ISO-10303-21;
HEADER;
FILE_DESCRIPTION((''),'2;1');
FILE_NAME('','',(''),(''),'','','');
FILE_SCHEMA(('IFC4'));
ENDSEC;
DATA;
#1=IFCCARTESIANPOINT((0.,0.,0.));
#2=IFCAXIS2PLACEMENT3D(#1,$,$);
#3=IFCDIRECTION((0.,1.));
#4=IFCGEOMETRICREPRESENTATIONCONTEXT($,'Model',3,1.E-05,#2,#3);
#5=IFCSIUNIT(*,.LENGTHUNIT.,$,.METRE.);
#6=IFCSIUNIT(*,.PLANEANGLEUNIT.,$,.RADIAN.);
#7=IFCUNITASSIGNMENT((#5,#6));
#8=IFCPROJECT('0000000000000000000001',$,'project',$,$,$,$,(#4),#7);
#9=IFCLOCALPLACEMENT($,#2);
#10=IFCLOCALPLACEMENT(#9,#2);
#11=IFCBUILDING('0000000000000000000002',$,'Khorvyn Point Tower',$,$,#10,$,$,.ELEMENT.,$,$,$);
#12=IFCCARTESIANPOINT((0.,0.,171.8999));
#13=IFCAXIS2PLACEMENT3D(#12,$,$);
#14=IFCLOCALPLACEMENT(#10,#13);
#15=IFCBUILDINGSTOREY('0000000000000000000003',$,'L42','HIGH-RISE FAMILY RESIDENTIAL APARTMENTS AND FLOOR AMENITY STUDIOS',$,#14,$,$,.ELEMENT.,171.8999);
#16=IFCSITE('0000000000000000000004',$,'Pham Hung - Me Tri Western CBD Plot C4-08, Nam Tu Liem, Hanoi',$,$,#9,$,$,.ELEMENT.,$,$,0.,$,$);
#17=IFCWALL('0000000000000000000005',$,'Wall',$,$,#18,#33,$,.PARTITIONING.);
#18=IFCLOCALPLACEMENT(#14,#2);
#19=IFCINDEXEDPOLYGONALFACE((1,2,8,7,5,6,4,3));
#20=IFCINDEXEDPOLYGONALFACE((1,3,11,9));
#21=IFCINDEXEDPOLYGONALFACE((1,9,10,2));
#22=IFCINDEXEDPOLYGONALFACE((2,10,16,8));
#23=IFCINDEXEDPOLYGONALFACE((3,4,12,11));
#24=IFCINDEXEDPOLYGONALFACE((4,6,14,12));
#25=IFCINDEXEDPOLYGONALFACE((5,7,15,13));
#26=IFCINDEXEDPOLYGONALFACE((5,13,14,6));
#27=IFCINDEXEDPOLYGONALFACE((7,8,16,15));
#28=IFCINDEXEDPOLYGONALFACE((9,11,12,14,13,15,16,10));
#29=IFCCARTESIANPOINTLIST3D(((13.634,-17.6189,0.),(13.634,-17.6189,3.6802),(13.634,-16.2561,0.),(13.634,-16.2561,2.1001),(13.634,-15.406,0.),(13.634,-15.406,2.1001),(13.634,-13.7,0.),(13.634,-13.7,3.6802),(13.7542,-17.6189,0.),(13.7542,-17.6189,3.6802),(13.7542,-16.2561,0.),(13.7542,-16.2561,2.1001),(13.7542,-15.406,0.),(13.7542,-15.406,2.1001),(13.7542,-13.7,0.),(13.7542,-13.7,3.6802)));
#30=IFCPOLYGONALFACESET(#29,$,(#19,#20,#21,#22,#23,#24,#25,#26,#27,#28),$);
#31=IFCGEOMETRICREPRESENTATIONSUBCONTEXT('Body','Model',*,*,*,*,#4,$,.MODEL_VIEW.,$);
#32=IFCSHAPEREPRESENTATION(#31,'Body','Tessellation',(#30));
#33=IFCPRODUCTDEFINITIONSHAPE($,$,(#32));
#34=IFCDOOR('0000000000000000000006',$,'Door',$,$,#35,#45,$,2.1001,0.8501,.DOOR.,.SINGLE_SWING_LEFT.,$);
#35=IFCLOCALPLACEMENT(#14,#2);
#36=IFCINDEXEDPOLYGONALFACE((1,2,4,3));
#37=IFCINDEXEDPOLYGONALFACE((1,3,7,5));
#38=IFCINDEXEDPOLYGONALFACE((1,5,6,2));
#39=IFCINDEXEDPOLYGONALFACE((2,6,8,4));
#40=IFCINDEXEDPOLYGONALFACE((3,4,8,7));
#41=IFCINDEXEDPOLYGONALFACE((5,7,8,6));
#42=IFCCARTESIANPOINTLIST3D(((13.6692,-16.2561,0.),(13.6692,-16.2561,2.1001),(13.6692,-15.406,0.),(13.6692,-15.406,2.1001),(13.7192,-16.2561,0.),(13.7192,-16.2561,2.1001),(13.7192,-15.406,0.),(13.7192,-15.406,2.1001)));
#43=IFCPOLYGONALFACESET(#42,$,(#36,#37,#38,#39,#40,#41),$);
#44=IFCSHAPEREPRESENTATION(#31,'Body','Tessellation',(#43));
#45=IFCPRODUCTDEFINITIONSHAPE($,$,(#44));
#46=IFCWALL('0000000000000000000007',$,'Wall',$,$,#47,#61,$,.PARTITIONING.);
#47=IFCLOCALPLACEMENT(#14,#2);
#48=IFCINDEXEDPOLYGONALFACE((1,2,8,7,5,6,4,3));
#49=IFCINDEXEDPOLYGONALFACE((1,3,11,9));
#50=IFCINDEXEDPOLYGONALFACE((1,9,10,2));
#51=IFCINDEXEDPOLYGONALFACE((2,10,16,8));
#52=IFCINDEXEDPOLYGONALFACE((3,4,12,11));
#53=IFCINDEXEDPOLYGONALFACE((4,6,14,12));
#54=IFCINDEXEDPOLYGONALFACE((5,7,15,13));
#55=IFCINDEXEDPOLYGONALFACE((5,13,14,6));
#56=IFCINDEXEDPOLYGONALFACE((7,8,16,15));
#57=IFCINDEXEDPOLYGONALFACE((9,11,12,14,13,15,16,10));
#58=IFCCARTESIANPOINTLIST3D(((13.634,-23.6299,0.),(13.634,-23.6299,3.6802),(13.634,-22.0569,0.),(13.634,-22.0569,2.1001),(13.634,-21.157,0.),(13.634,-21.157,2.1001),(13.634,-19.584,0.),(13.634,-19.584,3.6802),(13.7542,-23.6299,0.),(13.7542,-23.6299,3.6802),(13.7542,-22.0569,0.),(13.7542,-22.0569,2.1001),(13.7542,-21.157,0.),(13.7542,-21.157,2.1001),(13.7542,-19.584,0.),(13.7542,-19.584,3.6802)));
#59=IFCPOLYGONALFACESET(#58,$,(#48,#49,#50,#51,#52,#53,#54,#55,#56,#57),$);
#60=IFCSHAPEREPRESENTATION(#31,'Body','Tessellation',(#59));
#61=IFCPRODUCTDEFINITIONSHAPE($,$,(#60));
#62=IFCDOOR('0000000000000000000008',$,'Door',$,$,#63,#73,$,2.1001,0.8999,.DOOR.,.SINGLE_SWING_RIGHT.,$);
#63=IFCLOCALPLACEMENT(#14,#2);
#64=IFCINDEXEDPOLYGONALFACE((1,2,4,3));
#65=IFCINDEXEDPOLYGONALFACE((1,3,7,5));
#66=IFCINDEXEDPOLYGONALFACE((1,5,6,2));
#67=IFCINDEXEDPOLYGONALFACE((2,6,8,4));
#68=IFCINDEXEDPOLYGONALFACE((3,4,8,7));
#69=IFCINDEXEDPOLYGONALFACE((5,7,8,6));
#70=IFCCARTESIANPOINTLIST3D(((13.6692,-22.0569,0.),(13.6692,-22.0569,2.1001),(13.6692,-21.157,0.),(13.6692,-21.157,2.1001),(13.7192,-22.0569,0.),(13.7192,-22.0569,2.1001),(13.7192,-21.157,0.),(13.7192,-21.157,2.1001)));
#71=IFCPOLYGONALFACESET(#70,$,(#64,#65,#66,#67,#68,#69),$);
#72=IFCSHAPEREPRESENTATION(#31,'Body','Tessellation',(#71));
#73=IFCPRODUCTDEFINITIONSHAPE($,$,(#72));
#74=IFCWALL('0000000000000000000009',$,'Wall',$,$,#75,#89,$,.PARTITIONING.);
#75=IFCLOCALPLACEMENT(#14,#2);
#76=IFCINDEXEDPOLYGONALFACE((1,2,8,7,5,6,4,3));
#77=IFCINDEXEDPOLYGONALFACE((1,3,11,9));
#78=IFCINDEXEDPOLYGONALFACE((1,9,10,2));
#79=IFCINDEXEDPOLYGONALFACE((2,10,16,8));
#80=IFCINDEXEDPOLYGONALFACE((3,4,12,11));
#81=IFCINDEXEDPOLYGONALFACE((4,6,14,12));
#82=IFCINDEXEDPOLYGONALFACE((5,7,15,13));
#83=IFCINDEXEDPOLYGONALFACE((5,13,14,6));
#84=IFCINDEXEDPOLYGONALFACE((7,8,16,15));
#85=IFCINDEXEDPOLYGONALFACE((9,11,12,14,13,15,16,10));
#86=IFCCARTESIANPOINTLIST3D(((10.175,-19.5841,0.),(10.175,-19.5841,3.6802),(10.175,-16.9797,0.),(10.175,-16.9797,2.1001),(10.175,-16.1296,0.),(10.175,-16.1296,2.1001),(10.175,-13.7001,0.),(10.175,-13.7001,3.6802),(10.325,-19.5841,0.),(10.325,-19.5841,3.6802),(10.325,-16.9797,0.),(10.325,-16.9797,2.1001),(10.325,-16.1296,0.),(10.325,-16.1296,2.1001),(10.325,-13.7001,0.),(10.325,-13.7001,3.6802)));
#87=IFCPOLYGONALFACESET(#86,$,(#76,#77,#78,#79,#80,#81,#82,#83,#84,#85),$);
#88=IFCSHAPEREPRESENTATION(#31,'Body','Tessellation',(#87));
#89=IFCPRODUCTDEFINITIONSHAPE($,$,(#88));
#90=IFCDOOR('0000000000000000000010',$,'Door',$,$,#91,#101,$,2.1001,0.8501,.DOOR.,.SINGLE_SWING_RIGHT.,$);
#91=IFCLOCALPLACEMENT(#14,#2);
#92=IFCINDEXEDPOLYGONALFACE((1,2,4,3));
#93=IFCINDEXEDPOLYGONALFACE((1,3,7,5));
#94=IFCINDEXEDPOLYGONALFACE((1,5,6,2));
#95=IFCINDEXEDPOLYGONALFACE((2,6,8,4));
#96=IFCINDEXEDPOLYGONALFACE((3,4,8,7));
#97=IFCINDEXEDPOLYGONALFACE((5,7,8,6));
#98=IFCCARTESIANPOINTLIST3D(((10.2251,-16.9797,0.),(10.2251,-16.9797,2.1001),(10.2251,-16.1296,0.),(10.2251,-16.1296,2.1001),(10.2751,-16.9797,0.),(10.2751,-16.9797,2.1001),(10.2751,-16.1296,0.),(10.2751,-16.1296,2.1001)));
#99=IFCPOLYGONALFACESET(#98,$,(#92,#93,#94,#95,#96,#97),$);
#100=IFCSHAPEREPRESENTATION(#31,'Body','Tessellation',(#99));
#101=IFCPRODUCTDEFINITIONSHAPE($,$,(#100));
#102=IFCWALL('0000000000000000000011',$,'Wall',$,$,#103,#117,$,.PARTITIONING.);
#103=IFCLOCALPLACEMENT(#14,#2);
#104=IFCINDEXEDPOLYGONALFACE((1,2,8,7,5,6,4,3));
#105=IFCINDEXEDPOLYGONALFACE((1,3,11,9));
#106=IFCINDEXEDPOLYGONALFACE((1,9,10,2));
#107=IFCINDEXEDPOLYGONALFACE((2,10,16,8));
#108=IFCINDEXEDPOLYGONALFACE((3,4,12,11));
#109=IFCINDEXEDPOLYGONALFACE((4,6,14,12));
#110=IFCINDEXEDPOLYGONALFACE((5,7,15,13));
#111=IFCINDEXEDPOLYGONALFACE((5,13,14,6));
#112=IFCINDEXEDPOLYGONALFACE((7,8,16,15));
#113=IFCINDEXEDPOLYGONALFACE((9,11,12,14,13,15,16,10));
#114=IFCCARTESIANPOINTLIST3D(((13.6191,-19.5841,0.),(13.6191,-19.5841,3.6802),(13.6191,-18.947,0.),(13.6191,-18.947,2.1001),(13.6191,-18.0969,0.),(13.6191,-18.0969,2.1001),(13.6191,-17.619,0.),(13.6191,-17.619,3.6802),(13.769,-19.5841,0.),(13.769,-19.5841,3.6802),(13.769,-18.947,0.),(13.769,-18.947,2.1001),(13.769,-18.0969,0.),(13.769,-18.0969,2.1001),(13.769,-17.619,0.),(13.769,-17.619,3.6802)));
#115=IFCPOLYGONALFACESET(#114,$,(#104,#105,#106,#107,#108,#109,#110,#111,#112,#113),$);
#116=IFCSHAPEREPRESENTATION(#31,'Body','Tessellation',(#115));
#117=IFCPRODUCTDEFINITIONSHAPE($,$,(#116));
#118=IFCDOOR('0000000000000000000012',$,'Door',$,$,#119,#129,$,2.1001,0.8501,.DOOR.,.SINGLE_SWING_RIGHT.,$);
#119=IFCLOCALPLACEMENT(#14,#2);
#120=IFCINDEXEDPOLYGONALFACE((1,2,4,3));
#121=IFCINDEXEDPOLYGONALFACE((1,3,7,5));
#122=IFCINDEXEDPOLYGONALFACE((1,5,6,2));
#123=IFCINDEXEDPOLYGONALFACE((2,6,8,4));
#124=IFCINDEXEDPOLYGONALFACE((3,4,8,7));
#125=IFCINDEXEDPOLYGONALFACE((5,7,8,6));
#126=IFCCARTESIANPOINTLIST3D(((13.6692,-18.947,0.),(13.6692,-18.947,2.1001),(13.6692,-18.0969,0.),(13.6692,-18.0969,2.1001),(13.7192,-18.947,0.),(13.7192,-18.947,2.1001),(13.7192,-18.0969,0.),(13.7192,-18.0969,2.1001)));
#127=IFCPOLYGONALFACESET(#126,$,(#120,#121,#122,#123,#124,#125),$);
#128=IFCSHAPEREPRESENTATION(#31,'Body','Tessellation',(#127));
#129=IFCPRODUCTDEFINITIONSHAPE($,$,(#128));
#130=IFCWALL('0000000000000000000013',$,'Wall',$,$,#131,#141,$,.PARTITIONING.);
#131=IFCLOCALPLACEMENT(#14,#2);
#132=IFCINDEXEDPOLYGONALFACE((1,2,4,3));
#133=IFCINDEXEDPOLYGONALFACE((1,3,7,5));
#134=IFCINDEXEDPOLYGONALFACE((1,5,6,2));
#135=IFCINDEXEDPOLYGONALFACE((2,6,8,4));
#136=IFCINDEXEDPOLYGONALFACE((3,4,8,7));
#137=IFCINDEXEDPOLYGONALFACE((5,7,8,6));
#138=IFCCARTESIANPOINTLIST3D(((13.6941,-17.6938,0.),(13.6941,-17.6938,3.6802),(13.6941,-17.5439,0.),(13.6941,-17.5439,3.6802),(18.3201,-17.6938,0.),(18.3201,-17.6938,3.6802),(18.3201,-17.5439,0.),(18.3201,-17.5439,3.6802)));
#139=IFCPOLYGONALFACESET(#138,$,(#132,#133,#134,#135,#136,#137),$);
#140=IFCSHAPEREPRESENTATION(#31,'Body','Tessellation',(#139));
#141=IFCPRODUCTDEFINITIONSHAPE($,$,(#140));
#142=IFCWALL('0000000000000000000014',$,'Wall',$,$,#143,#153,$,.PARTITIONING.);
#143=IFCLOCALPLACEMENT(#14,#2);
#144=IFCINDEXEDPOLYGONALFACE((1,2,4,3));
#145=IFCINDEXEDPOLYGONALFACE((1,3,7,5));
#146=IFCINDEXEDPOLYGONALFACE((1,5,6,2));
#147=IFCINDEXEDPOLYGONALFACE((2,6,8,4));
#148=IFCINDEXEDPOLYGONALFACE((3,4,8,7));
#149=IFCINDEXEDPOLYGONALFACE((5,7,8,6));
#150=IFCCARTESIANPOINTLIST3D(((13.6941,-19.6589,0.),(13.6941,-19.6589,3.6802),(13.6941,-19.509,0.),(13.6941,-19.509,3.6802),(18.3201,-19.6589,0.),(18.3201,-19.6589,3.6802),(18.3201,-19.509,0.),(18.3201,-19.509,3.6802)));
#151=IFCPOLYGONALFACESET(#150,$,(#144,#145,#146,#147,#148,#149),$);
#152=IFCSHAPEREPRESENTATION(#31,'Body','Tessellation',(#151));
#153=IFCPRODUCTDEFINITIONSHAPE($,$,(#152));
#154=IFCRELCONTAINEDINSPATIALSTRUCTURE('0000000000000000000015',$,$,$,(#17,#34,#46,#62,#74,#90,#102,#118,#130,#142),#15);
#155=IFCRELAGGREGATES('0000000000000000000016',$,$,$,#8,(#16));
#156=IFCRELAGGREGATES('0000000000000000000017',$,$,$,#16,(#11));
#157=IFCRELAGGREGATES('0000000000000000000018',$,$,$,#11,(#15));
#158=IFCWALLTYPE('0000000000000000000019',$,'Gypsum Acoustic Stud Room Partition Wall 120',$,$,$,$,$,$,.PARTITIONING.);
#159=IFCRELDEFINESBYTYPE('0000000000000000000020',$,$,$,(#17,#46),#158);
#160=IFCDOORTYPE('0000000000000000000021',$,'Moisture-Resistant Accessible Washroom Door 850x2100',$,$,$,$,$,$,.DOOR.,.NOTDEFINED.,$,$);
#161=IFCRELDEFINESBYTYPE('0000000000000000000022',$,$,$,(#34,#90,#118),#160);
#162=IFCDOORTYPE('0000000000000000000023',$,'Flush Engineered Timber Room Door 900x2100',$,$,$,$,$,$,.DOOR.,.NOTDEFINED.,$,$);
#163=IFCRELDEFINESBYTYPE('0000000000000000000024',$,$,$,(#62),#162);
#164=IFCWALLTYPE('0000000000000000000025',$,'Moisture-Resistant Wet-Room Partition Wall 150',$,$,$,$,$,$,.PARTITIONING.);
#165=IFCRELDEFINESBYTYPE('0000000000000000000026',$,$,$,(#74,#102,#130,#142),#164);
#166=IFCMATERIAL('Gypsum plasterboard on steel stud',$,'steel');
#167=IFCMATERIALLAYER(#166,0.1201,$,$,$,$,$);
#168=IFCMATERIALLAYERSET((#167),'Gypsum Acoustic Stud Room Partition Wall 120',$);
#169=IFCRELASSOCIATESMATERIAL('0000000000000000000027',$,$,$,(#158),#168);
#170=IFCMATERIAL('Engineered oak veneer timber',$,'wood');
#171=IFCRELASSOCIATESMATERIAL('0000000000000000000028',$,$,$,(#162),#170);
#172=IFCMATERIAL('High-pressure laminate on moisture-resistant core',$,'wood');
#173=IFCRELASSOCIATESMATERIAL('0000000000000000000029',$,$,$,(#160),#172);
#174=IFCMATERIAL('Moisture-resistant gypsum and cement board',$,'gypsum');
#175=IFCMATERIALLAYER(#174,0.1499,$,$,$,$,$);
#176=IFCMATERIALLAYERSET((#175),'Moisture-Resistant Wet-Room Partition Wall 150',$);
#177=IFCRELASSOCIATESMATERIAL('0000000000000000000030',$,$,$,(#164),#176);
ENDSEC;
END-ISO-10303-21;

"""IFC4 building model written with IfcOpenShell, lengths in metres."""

from ifc_helpers import new_model, si_unit, direction, frame, frame_2d, origin, place, context, subcontext, project, spatial, rectangle, extrude, material, layer, layer_set, type_object, element, fill, save


model = new_model("IFC4")

# Units and contexts
model_context = context("Model", 3, precision=1e-05, world=origin(), true_north=direction((0.0, 1.0)))
body_context = subcontext(model_context, "Body", "Model", "MODEL_VIEW")
ifc_project = project(units=[si_unit("LENGTHUNIT", "METRE"), si_unit("PLANEANGLEUNIT", "RADIAN")], contexts=[model_context])

# Site, building, storey
site_placement = place(None, origin())
site = spatial("IfcSite", under=ifc_project, at=site_placement, Name="Pham Hung - Me Tri Western CBD Plot C4-08, Nam Tu Liem, Hanoi", CompositionType="ELEMENT", RefElevation=0.0)
building_placement = place(site_placement, origin())
building = spatial("IfcBuilding", under=site, at=building_placement, Name="Khorvyn Point Tower", CompositionType="ELEMENT")
storey_placement = place(building_placement, frame((0.0, 0.0, 171.8999)))
storey = spatial("IfcBuildingStorey", under=building, at=storey_placement, Name="L42", Description="HIGH-RISE FAMILY RESIDENTIAL APARTMENTS AND FLOOR AMENITY STUDIOS", CompositionType="ELEMENT", Elevation=171.8999)

# Walls, openings, doors
ifc_material_1 = material(Name="Gypsum plasterboard on steel stud", Category="steel")
ifc_layer_1 = layer(ifc_material_1, 0.1201)
ifc_layer_set_1 = layer_set([ifc_layer_1], Name="Gypsum Acoustic Stud Room Partition Wall 120")
wall_type_1 = type_object("IfcWallType", Name="Gypsum Acoustic Stud Room Partition Wall 120", PredefinedType="PARTITIONING", material=ifc_layer_set_1)
ifc_material_2 = material(Name="Engineered oak veneer timber", Category="wood")
door_type_1 = type_object("IfcDoorType", Name="Flush Engineered Timber Room Door 900x2100", OperationType="NOTDEFINED", PredefinedType="DOOR", material=ifc_material_2)
wall_1_placement = place(storey_placement, frame((13.6941, -17.6189, 0.0), z_axis=(0.0, 0.0, 1.0), x_axis=(0.0, 1.0, 0.0)))
wall_1 = element("IfcWall", 1, at=wall_1_placement, inside=storey, type_object=wall_type_1, Name="Wall", PredefinedType="PARTITIONING", context=body_context, shape_type="SweptSolid", body=[
    extrude(rectangle(XDim=3.9189, YDim=0.1201, at=frame_2d((1.9595, 0.0))), origin(), (0.0, 0.0, 1.0), 3.6802),
])
opening_1_placement = place(wall_1_placement, frame((1.3628, 0.0, 0.0)))
opening_1 = element("IfcOpeningElement", 2, at=opening_1_placement, cuts=wall_1, PredefinedType="OPENING", context=body_context, shape_type="SweptSolid", body=[
    extrude(rectangle(XDim=0.8501, YDim=2.1001, at=frame_2d((0.425, 1.05))), frame((0.0, 0.0701, 0.0), z_axis=(0.0, -1.0, 0.0), x_axis=(1.0, 0.0, 0.0)), (0.0, 0.0, 1.0), 0.1401),
])
ifc_material_3 = material(Name="High-pressure laminate on moisture-resistant core", Category="wood")
door_type_2 = type_object("IfcDoorType", Name="Moisture-Resistant Accessible Washroom Door 850x2100", OperationType="NOTDEFINED", PredefinedType="DOOR", material=ifc_material_3)
door_1_placement = place(opening_1_placement, origin())
door_1 = element("IfcDoor", 3, at=door_1_placement, inside=storey, type_object=door_type_2, Name="Door", OperationType="SINGLE_SWING_LEFT", OverallHeight=2.1001, OverallWidth=0.8501, PredefinedType="DOOR", context=body_context, shape_type="SweptSolid", body=[
    extrude(rectangle(XDim=0.8501, YDim=2.1001, at=frame_2d((0.425, 1.05))), frame((0.0, 0.0249, 0.0), z_axis=(0.0, -1.0, 0.0), x_axis=(1.0, 0.0, 0.0)), (0.0, 0.0, 1.0), 0.05),
])
fill(opening_1, door_1)
wall_2_placement = place(storey_placement, frame((13.6941, -23.6299, 0.0), z_axis=(0.0, 0.0, 1.0), x_axis=(0.0, 1.0, 0.0)))
wall_2 = element("IfcWall", 4, at=wall_2_placement, inside=storey, type_object=wall_type_1, Name="Wall", PredefinedType="PARTITIONING", context=body_context, shape_type="SweptSolid", body=[
    extrude(rectangle(XDim=4.0459, YDim=0.1201, at=frame_2d((2.0229, 0.0))), origin(), (0.0, 0.0, 1.0), 3.6802),
])
opening_2_placement = place(wall_2_placement, frame((1.573, 0.0, 0.0)))
opening_2 = element("IfcOpeningElement", 5, at=opening_2_placement, cuts=wall_2, PredefinedType="OPENING", context=body_context, shape_type="SweptSolid", body=[
    extrude(rectangle(XDim=0.8999, YDim=2.1001, at=frame_2d((0.45, 1.05))), frame((0.0, 0.0701, 0.0), z_axis=(0.0, -1.0, 0.0), x_axis=(1.0, 0.0, 0.0)), (0.0, 0.0, 1.0), 0.1401),
])
door_2_placement = place(opening_2_placement, origin())
door_2 = element("IfcDoor", 6, at=door_2_placement, inside=storey, type_object=door_type_1, Name="Door", OperationType="SINGLE_SWING_RIGHT", OverallHeight=2.1001, OverallWidth=0.8999, PredefinedType="DOOR", context=body_context, shape_type="SweptSolid", body=[
    extrude(rectangle(XDim=0.8999, YDim=2.1001, at=frame_2d((0.45, 1.05))), frame((0.0, 0.0249, 0.0), z_axis=(0.0, -1.0, 0.0), x_axis=(1.0, 0.0, 0.0)), (0.0, 0.0, 1.0), 0.05),
])
fill(opening_2, door_2)
ifc_material_4 = material(Name="Moisture-resistant gypsum and cement board", Category="gypsum")
ifc_layer_2 = layer(ifc_material_4, 0.1499)
ifc_layer_set_2 = layer_set([ifc_layer_2], Name="Moisture-Resistant Wet-Room Partition Wall 150")
wall_type_2 = type_object("IfcWallType", Name="Moisture-Resistant Wet-Room Partition Wall 150", PredefinedType="PARTITIONING", material=ifc_layer_set_2)
wall_3_placement = place(storey_placement, frame((10.25, -19.584, 0.0), z_axis=(0.0, 0.0, 1.0), x_axis=(0.0, 1.0, 0.0)))
wall_3 = element("IfcWall", 7, at=wall_3_placement, inside=storey, type_object=wall_type_2, Name="Wall", PredefinedType="PARTITIONING", context=body_context, shape_type="SweptSolid", body=[
    extrude(rectangle(XDim=5.884, YDim=0.1499, at=frame_2d((2.9419, 0.0))), origin(), (0.0, 0.0, 1.0), 3.6802),
])
opening_3_placement = place(wall_3_placement, frame((2.6042, 0.0, 0.0)))
opening_3 = element("IfcOpeningElement", 8, at=opening_3_placement, cuts=wall_3, PredefinedType="OPENING", context=body_context, shape_type="SweptSolid", body=[
    extrude(rectangle(XDim=0.8501, YDim=2.1001, at=frame_2d((0.425, 1.05))), frame((0.0, 0.085, 0.0), z_axis=(0.0, -1.0, 0.0), x_axis=(1.0, 0.0, 0.0)), (0.0, 0.0, 1.0), 0.1699),
])
door_3_placement = place(opening_3_placement, origin())
door_3 = element("IfcDoor", 9, at=door_3_placement, inside=storey, type_object=door_type_2, Name="Door", OperationType="SINGLE_SWING_RIGHT", OverallHeight=2.1001, OverallWidth=0.8501, PredefinedType="DOOR", context=body_context, shape_type="SweptSolid", body=[
    extrude(rectangle(XDim=0.8501, YDim=2.1001, at=frame_2d((0.425, 1.05))), frame((0.0, 0.0249, 0.0), z_axis=(0.0, -1.0, 0.0), x_axis=(1.0, 0.0, 0.0)), (0.0, 0.0, 1.0), 0.05),
])
fill(opening_3, door_3)
wall_4_placement = place(storey_placement, frame((13.6941, -19.584, 0.0), z_axis=(0.0, 0.0, 1.0), x_axis=(0.0, 1.0, 0.0)))
wall_4 = element("IfcWall", 10, at=wall_4_placement, inside=storey, type_object=wall_type_2, Name="Wall", PredefinedType="PARTITIONING", context=body_context, shape_type="SweptSolid", body=[
    extrude(rectangle(XDim=1.9651, YDim=0.1499, at=frame_2d((0.9824, 0.0))), origin(), (0.0, 0.0, 1.0), 3.6802),
])
opening_4_placement = place(wall_4_placement, frame((0.637, 0.0, 0.0)))
opening_4 = element("IfcOpeningElement", 11, at=opening_4_placement, cuts=wall_4, PredefinedType="OPENING", context=body_context, shape_type="SweptSolid", body=[
    extrude(rectangle(XDim=0.8501, YDim=2.1001, at=frame_2d((0.425, 1.05))), frame((0.0, 0.085, 0.0), z_axis=(0.0, -1.0, 0.0), x_axis=(1.0, 0.0, 0.0)), (0.0, 0.0, 1.0), 0.1699),
])
door_4_placement = place(opening_4_placement, origin())
door_4 = element("IfcDoor", 12, at=door_4_placement, inside=storey, type_object=door_type_2, Name="Door", OperationType="SINGLE_SWING_RIGHT", OverallHeight=2.1001, OverallWidth=0.8501, PredefinedType="DOOR", context=body_context, shape_type="SweptSolid", body=[
    extrude(rectangle(XDim=0.8501, YDim=2.1001, at=frame_2d((0.425, 1.05))), frame((0.0, 0.0249, 0.0), z_axis=(0.0, -1.0, 0.0), x_axis=(1.0, 0.0, 0.0)), (0.0, 0.0, 1.0), 0.05),
])
fill(opening_4, door_4)

# Walls
for number, where, z_axis, x_axis, name in (
    (13, (13.6941, -17.6189, 0.0), (0.0, 0.0, 1.0), (1.0, 0.0, 0.0), "Wall"),
    (14, (13.6941, -19.584, 0.0), (0.0, 0.0, 1.0), (1.0, 0.0, 0.0), "Wall"),
):
    element("IfcWall", number, at=place(storey_placement, frame(where, z_axis=z_axis, x_axis=x_axis)), inside=storey, type_object=wall_type_2, Name=name, PredefinedType="PARTITIONING", context=body_context, shape_type="SweptSolid", body=[
        extrude(rectangle(XDim=4.626, YDim=0.1499, at=frame_2d((2.313, 0.0))), origin(), (0.0, 0.0, 1.0), 3.6802),
    ])

save(model, "model.ifc")
